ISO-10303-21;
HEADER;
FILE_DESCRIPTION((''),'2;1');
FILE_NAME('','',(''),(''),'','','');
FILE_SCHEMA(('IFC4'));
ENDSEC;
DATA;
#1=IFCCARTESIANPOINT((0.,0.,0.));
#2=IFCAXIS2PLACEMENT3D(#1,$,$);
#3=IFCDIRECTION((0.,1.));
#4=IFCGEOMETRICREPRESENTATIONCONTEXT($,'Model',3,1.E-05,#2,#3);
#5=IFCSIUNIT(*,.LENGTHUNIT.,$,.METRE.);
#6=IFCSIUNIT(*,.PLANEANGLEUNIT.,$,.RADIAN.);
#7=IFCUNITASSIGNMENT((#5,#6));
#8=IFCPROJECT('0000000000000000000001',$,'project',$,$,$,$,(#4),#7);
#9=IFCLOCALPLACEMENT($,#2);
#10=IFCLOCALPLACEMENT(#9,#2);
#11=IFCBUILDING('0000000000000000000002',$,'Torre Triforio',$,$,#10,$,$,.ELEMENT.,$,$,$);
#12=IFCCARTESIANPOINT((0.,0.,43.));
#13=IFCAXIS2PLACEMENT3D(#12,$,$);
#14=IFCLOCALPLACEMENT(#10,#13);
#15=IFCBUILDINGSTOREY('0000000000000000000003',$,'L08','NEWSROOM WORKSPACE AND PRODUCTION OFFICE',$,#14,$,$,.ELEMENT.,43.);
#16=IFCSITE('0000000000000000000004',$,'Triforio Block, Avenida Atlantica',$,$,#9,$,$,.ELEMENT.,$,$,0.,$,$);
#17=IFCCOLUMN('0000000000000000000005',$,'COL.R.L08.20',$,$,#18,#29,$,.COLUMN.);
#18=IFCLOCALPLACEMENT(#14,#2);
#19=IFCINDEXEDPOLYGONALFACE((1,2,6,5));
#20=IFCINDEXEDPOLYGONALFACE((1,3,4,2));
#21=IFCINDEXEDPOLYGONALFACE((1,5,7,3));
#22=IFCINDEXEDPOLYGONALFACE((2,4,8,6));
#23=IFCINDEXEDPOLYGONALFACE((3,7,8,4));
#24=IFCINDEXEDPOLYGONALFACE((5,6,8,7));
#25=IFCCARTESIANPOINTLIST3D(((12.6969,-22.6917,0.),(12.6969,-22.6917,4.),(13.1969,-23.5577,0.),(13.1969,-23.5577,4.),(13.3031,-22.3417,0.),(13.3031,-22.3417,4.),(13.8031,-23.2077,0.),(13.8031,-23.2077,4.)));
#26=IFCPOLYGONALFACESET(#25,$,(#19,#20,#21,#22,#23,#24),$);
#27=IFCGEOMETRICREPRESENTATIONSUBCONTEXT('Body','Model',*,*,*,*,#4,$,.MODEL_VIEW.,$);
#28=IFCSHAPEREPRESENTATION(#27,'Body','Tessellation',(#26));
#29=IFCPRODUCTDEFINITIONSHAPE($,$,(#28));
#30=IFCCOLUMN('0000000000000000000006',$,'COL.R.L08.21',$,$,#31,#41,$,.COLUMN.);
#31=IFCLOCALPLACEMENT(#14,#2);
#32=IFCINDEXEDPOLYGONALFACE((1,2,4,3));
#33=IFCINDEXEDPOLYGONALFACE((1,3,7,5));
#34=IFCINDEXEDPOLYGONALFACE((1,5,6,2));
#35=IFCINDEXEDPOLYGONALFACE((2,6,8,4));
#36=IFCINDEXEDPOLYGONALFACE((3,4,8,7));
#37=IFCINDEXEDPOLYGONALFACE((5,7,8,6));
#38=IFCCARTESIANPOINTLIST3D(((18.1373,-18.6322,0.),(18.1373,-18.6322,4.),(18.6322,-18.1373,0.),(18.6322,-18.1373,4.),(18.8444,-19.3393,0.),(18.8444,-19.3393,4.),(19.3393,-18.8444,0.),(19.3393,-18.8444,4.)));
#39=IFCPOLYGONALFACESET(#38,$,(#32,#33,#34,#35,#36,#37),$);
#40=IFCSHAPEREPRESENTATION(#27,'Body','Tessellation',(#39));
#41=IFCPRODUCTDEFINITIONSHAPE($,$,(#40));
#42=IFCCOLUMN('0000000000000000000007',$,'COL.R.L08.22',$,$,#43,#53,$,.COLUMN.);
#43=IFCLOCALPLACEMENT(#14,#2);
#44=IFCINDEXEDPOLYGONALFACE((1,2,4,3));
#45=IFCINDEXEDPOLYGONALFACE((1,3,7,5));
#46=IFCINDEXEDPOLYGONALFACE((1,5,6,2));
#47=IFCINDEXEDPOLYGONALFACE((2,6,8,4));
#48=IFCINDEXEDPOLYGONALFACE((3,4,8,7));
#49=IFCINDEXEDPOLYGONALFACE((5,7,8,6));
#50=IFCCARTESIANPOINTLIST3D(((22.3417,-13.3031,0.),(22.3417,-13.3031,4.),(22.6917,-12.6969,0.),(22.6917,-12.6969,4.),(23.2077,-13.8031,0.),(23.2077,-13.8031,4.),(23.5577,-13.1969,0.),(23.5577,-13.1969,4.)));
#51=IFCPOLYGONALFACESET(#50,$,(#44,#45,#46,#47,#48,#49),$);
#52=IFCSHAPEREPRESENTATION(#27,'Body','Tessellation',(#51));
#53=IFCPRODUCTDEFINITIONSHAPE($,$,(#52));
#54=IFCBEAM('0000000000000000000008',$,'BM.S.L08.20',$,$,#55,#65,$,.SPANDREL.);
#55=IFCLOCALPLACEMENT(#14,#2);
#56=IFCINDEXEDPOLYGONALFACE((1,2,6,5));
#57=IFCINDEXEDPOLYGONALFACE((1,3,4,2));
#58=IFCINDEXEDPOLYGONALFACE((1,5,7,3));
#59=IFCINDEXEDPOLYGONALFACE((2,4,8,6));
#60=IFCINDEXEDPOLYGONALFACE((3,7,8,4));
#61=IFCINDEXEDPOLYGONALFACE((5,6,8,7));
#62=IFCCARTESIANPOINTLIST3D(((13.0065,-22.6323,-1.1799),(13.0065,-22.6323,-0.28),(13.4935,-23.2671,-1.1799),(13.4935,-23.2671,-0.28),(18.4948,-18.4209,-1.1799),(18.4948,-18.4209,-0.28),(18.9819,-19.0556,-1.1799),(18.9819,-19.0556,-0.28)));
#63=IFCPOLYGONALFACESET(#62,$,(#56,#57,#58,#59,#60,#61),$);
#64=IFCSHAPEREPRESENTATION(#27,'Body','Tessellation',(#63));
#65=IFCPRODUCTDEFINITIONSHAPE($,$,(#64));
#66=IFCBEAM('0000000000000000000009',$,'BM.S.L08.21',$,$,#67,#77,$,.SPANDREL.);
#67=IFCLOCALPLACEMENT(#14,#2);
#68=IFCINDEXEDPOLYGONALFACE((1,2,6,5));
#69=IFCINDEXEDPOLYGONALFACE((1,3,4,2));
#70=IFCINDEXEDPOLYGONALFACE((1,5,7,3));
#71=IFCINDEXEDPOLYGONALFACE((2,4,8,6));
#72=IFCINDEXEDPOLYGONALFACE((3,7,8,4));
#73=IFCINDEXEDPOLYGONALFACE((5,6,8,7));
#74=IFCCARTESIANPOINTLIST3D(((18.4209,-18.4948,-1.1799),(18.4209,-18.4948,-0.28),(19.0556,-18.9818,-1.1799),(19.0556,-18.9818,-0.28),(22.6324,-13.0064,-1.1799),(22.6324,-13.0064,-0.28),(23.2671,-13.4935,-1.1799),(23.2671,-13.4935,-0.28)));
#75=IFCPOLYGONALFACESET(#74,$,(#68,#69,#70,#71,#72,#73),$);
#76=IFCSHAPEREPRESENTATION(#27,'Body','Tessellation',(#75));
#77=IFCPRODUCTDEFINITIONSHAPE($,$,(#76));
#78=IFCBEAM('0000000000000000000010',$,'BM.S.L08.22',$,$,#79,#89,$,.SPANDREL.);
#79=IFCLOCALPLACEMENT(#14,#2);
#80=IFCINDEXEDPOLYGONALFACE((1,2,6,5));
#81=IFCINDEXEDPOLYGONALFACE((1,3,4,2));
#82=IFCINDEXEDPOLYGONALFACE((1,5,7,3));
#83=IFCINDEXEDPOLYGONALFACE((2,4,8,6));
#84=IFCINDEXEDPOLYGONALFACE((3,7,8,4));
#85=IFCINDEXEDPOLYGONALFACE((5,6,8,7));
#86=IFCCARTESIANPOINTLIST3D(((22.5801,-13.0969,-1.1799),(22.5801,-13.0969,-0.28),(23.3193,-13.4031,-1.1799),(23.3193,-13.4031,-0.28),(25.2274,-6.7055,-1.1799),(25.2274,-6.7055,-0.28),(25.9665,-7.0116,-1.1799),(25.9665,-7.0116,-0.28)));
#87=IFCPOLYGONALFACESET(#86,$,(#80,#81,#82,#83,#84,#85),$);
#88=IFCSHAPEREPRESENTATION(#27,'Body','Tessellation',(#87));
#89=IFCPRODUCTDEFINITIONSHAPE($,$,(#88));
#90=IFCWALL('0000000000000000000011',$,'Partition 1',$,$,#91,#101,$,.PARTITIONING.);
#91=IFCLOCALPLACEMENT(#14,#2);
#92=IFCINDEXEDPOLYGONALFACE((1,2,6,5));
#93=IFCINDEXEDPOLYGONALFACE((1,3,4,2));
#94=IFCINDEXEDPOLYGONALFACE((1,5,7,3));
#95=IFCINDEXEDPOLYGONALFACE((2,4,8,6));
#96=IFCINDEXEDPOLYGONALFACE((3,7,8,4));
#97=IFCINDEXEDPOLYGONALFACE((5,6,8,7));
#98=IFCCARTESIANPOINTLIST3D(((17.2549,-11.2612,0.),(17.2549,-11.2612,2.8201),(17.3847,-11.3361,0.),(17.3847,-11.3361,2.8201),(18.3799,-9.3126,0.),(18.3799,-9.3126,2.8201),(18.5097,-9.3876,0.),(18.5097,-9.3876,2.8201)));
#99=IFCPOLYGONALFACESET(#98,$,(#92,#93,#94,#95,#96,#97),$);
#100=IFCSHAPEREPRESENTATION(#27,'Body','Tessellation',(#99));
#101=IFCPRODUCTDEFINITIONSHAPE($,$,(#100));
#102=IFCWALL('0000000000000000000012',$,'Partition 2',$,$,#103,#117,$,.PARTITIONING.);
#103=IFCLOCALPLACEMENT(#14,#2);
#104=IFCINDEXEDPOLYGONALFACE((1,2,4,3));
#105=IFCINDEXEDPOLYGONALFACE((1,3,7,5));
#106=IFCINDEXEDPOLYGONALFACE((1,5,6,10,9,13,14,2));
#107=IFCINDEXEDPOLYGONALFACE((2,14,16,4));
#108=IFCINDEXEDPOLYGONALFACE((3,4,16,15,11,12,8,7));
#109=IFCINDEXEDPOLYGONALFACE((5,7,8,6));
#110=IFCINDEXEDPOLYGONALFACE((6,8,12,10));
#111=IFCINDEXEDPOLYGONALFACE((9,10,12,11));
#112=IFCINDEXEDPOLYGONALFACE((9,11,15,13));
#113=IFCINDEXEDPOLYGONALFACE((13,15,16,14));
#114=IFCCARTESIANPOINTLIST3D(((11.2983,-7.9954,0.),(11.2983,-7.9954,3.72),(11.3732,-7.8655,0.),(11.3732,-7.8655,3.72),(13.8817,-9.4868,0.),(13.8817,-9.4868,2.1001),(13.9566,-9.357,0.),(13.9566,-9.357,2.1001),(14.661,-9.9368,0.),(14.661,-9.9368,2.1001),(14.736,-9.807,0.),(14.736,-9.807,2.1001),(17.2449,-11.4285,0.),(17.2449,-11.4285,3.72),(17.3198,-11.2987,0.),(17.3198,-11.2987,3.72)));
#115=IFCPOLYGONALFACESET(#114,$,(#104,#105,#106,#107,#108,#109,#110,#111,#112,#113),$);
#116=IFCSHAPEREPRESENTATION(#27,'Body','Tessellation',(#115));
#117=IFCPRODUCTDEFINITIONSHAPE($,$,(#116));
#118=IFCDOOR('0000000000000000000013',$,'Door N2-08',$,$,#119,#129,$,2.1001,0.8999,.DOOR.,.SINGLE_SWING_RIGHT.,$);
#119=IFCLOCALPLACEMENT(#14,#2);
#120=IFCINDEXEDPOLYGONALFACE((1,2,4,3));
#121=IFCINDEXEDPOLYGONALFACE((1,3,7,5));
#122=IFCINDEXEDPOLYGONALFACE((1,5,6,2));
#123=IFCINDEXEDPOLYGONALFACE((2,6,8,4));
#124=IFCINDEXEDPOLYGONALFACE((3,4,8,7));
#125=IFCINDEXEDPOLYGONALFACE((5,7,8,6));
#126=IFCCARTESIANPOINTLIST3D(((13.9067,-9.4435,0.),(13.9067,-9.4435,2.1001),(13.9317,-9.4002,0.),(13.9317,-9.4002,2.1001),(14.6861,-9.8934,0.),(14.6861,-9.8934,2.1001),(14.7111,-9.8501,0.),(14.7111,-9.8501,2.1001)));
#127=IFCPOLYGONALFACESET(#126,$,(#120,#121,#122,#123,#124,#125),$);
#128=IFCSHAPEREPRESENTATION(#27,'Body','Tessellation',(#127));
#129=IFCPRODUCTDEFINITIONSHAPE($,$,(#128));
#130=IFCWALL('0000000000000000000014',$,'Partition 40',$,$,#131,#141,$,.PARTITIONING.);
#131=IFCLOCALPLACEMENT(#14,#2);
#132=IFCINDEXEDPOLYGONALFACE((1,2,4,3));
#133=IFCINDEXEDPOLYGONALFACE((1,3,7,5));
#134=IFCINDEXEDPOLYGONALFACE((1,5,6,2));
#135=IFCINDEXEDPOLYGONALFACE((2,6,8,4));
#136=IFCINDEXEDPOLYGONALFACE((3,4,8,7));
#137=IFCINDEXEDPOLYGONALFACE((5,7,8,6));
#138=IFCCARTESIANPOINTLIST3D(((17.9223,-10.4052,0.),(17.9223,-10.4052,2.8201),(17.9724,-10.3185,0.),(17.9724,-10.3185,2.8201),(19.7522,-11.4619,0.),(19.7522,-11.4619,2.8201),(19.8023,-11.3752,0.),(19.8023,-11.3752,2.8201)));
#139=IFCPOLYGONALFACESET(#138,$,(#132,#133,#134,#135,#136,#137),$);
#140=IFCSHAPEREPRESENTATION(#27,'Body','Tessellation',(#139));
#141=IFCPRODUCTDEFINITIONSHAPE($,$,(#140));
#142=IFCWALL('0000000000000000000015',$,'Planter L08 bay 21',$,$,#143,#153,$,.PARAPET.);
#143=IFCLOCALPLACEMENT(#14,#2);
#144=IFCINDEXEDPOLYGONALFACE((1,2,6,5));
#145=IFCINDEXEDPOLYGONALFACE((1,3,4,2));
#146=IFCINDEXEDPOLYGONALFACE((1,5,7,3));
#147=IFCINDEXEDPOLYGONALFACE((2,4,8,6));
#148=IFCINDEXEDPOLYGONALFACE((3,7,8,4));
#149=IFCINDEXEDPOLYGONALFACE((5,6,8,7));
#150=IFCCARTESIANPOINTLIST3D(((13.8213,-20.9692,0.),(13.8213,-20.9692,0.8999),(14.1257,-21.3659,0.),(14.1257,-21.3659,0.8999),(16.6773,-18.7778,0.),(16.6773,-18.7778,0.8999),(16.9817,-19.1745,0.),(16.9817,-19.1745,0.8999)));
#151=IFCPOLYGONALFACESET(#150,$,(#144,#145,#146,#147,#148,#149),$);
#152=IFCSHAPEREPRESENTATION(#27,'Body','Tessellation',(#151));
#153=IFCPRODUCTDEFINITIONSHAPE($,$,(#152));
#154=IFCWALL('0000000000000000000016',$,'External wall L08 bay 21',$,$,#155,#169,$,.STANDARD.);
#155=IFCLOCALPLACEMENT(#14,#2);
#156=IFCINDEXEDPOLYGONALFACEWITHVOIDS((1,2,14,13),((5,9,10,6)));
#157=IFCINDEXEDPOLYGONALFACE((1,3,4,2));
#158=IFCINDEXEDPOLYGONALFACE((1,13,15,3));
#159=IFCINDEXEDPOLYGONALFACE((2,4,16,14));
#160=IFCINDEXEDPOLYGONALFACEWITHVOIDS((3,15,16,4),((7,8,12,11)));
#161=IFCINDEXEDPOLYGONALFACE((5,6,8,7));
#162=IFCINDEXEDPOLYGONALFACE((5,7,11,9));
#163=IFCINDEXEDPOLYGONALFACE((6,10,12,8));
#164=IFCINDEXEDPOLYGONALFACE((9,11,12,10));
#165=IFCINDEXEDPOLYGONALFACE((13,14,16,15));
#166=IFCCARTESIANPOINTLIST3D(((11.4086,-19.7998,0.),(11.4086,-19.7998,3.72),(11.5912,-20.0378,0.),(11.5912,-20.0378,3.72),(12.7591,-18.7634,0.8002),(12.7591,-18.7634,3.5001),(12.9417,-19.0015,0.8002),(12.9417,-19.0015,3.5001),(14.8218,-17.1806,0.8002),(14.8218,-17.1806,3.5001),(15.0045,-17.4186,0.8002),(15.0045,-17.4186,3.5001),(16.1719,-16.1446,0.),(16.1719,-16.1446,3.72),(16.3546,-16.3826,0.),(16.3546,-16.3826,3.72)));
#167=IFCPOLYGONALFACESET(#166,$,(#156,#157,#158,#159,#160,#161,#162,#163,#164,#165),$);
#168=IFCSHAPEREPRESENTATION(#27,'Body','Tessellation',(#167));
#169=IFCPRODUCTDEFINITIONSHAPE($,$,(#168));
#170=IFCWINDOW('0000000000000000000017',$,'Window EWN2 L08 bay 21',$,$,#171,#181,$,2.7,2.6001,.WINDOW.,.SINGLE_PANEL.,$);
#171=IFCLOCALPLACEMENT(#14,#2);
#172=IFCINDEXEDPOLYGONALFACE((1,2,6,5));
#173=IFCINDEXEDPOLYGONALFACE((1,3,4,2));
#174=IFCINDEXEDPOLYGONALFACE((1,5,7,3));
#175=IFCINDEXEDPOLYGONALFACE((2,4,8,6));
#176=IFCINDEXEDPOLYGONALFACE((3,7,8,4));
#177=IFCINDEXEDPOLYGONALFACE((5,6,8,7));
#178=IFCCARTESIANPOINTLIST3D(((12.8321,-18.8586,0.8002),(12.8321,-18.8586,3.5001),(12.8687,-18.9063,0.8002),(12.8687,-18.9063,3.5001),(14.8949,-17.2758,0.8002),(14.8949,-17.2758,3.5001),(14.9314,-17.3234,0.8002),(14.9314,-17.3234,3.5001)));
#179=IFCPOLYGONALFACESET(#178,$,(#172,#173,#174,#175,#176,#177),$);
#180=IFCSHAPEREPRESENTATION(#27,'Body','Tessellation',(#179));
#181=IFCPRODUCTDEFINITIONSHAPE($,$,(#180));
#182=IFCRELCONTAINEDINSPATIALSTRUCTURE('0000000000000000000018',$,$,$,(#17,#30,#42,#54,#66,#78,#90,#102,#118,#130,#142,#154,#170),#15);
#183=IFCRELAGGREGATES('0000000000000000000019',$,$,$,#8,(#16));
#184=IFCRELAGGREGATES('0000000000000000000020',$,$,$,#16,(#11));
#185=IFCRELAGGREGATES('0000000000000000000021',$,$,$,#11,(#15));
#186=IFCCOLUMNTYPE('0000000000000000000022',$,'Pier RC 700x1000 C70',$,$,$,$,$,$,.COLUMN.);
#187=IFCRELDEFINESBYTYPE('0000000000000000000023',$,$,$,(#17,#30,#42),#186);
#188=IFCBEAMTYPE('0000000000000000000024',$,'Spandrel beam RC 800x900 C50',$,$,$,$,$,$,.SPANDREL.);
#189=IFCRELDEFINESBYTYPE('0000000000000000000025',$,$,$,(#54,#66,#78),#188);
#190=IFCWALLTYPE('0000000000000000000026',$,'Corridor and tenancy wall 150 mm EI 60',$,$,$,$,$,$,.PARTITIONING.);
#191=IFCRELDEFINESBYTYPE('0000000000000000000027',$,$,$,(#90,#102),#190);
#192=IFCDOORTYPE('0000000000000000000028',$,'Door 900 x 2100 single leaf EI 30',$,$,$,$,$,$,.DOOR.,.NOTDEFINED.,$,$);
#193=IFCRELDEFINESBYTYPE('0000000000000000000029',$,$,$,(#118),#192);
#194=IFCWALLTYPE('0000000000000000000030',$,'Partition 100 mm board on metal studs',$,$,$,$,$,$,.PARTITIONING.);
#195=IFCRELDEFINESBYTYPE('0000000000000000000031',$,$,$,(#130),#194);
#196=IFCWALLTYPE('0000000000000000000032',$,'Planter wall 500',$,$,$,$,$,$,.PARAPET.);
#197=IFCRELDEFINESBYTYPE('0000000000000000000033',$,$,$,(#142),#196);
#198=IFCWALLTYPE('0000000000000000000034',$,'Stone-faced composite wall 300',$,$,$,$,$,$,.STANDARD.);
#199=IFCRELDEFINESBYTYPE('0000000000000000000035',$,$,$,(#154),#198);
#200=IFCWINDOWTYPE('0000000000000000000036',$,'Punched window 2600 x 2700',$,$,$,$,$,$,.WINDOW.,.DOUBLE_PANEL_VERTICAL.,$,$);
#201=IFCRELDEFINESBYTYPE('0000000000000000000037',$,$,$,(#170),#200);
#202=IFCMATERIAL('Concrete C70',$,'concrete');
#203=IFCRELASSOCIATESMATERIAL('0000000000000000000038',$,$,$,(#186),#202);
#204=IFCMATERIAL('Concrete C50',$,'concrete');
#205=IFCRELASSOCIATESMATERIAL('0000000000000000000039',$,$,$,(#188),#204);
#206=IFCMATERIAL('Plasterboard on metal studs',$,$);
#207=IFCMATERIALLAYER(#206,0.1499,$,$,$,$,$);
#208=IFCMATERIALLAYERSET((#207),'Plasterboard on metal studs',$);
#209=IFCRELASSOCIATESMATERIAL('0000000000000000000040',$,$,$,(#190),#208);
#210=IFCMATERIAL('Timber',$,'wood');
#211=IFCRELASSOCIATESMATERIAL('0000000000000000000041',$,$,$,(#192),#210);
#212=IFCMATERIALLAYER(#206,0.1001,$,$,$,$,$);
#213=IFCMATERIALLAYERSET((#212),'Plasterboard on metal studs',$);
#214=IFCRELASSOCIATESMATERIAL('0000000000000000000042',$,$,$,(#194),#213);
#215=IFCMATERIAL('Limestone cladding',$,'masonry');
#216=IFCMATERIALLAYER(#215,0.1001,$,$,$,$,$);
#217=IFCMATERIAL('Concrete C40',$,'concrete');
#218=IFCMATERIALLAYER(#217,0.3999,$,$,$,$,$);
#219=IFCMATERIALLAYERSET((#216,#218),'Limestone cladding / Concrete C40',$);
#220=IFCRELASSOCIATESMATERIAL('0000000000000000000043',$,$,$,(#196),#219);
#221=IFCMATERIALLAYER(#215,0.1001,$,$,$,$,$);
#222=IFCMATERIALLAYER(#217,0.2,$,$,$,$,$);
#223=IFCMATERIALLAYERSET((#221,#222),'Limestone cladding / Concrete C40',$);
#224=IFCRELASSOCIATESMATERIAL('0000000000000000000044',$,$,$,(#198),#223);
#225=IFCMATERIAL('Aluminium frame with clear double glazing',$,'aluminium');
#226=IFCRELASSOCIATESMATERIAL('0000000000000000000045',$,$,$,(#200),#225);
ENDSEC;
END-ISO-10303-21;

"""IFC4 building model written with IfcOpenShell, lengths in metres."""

from ifc_helpers import new_model, si_unit, direction, frame, frame_2d, origin, origin_2d, place, context, subcontext, project, spatial, rectangle, extrude, material, layer, layer_set, material_profile, profile_set, type_object, element, fill, save


model = new_model("IFC4")

# Units and contexts
model_context = context("Model", 3, precision=1e-05, world=origin(), true_north=direction((0.0, 1.0)))
body_context = subcontext(model_context, "Body", "Model", "MODEL_VIEW")
ifc_project = project(units=[si_unit("LENGTHUNIT", "METRE"), si_unit("PLANEANGLEUNIT", "RADIAN")], contexts=[model_context])

# Site, building, storey
site_placement = place(None, origin())
site = spatial("IfcSite", under=ifc_project, at=site_placement, Name="Triforio Block, Avenida Atlantica", CompositionType="ELEMENT", RefElevation=0.0)
building_placement = place(site_placement, origin())
building = spatial("IfcBuilding", under=site, at=building_placement, Name="Torre Triforio", CompositionType="ELEMENT")
storey_placement = place(building_placement, frame((0.0, 0.0, 43.0)))
storey = spatial("IfcBuildingStorey", under=building, at=storey_placement, Name="L08", Description="NEWSROOM WORKSPACE AND PRODUCTION OFFICE", CompositionType="ELEMENT", Elevation=43.0)

# Columns
ifc_material_1 = material(Name="Concrete C70", Category="concrete")
ifc_material_profile_1 = material_profile(ifc_material_1, rectangle(XDim=0.7, YDim=1.0, at=origin_2d()), Name="RC 700x1000")
ifc_profile_set_1 = profile_set([ifc_material_profile_1], Name="Concrete C70")
column_type = type_object("IfcColumnType", Name="Pier RC 700x1000 C70", PredefinedType="COLUMN", material=ifc_profile_set_1)
for number, where, z_axis, x_axis, name in (
    (1, (13.25, -22.9497, 0.0), (0.0, 0.0, 1.0), (0.866025, 0.5, 0.0), "COL.R.L08.20"),
    (2, (18.7383, -18.7383, 0.0), (0.0, 0.0, 1.0), (0.707107, 0.707107, 0.0), "COL.R.L08.21"),
    (3, (22.9497, -13.25, 0.0), (0.0, 0.0, 1.0), (0.5, 0.866025, 0.0), "COL.R.L08.22"),
):
    element("IfcColumn", number, at=place(storey_placement, frame(where, z_axis=z_axis, x_axis=x_axis)), inside=storey, type_object=column_type, Name=name, PredefinedType="COLUMN", context=body_context, shape_type="SweptSolid", body=[
        extrude(rectangle(XDim=0.7, YDim=1.0, at=origin_2d()), origin(), (0.0, 0.0, 1.0), 4.0),
    ])

# Beams
ifc_material_2 = material(Name="Concrete C50", Category="concrete")
ifc_material_profile_2 = material_profile(ifc_material_2, rectangle(XDim=0.8, YDim=0.8999, at=origin_2d()), Name="RC 800x900")
ifc_profile_set_2 = profile_set([ifc_material_profile_2], Name="Concrete C50")
beam_type = type_object("IfcBeamType", Name="Spandrel beam RC 800x900 C50", PredefinedType="SPANDREL", material=ifc_profile_set_2)
for number, where, z_axis, x_axis, name in (
    (4, (13.25, -22.9497, -0.73), (0.793345, 0.608772, 0.0), (-0.608772, 0.793345, 0.0), "BM.S.L08.20"),
    (5, (18.7383, -18.7383, -0.73), (0.608772, 0.793345, 0.0), (-0.793345, 0.608772, 0.0), "BM.S.L08.21"),
    (6, (22.9497, -13.25, -0.73), (0.382662, 0.923888, 0.0), (-0.923888, 0.382662, 0.0), "BM.S.L08.22"),
):
    element("IfcBeam", number, at=place(storey_placement, frame(where, z_axis=z_axis, x_axis=x_axis)), inside=storey, type_object=beam_type, Name=name, PredefinedType="SPANDREL", context=body_context, shape_type="SweptSolid", body=[
        extrude(rectangle(XDim=0.8, YDim=0.8999, at=origin_2d()), origin(), (0.0, 0.0, 1.0), 6.918),
    ])

# Wall
ifc_material_3 = material(Name="Plasterboard on metal studs")
ifc_layer_1 = layer(ifc_material_3, 0.1499)
ifc_layer_set_1 = layer_set([ifc_layer_1], Name="Plasterboard on metal studs")
wall_type_1 = type_object("IfcWallType", Name="Corridor and tenancy wall 150 mm EI 60", PredefinedType="PARTITIONING", material=ifc_layer_set_1)
wall_1_placement = place(storey_placement, frame((18.4448, -9.3501, 0.0), z_axis=(0.0, 0.0, 1.0), x_axis=(-0.500014, -0.866018, 0.0)))
element("IfcWall", 7, at=wall_1_placement, inside=storey, type_object=wall_type_1, Name="Partition 1", PredefinedType="PARTITIONING", context=body_context, shape_type="SweptSolid", body=[
    extrude(rectangle(XDim=2.25, YDim=0.1499, at=frame_2d((1.125, 0.0))), origin(), (0.0, 0.0, 1.0), 2.8201),
])

# Wall, opening, door
wall_2_placement = place(storey_placement, frame((17.2822, -11.3635, 0.0), z_axis=(0.0, 0.0, 1.0), x_axis=(-0.866033, 0.499986, 0.0)))
wall_2 = element("IfcWall", 8, at=wall_2_placement, inside=storey, type_object=wall_type_1, Name="Partition 2", PredefinedType="PARTITIONING", context=body_context, shape_type="SweptSolid", body=[
    extrude(rectangle(XDim=6.8665, YDim=0.1499, at=frame_2d((3.4331, 0.0))), origin(), (0.0, 0.0, 1.0), 3.72),
])
opening_1_placement = place(wall_2_placement, frame((2.9834, 0.0, 0.0)))
opening_1 = element("IfcOpeningElement", 9, at=opening_1_placement, cuts=wall_2, PredefinedType="OPENING", context=body_context, shape_type="SweptSolid", body=[
    extrude(rectangle(XDim=0.8999, YDim=2.1001, at=frame_2d((0.45, 1.05))), frame((0.0, 0.085, 0.0), z_axis=(0.0, -1.0, 0.0), x_axis=(1.0, 0.0, 0.0)), (0.0, 0.0, 1.0), 0.1699),
])
ifc_material_4 = material(Name="Timber", Category="wood")
door_type_1 = type_object("IfcDoorType", Name="Door 900 x 2100 single leaf EI 30", OperationType="NOTDEFINED", PredefinedType="DOOR", material=ifc_material_4)
door_1_placement = place(opening_1_placement, origin())
door_1 = element("IfcDoor", 10, at=door_1_placement, inside=storey, type_object=door_type_1, Name="Door N2-08", OperationType="SINGLE_SWING_RIGHT", OverallHeight=2.1001, OverallWidth=0.8999, PredefinedType="DOOR", context=body_context, shape_type="SweptSolid", body=[
    extrude(rectangle(XDim=0.8999, YDim=2.1001, at=frame_2d((0.45, 1.05))), frame((0.0, 0.0249, 0.0), z_axis=(0.0, -1.0, 0.0), x_axis=(1.0, 0.0, 0.0)), (0.0, 0.0, 1.0), 0.05),
])
fill(opening_1, door_1)

# Walls
ifc_layer_2 = layer(ifc_material_3, 0.1001)
ifc_layer_set_2 = layer_set([ifc_layer_2], Name="Plasterboard on metal studs")
wall_type_2 = type_object("IfcWallType", Name="Partition 100 mm board on metal studs", PredefinedType="PARTITIONING", material=ifc_layer_set_2)
wall_3_placement = place(storey_placement, frame((17.9473, -10.3618, 0.0), z_axis=(0.0, 0.0, 1.0), x_axis=(0.865987, -0.500066, 0.0)))
element("IfcWall", 11, at=wall_3_placement, inside=storey, type_object=wall_type_2, Name="Partition 40", PredefinedType="PARTITIONING", context=body_context, shape_type="SweptSolid", body=[
    extrude(rectangle(XDim=2.113, YDim=0.1001, at=frame_2d((1.0566, 0.0))), origin(), (0.0, 0.0, 1.0), 2.8201),
])
ifc_material_5 = material(Name="Limestone cladding", Category="masonry")
ifc_layer_3 = layer(ifc_material_5, 0.1001)
ifc_material_6 = material(Name="Concrete C40", Category="concrete")
ifc_layer_4 = layer(ifc_material_6, 0.3999)
ifc_layer_set_3 = layer_set([ifc_layer_3, ifc_layer_4], Name="Limestone cladding / Concrete C40")
wall_type_3 = type_object("IfcWallType", Name="Planter wall 500", PredefinedType="PARAPET", material=ifc_layer_set_3)
wall_4_placement = place(storey_placement, frame((13.9736, -21.1675, 0.0), z_axis=(0.0, 0.0, 1.0), x_axis=(0.79336, 0.608753, 0.0)))
element("IfcWall", 12, at=wall_4_placement, inside=storey, type_object=wall_type_3, Name="Planter L08 bay 21", PredefinedType="PARAPET", context=body_context, shape_type="SweptSolid", body=[
    extrude(rectangle(XDim=3.5999, YDim=0.5, at=frame_2d((1.7998, 0.0))), origin(), (0.0, 0.0, 1.0), 0.8999),
])

# Wall, opening, window
ifc_layer_5 = layer(ifc_material_5, 0.1001)
ifc_layer_6 = layer(ifc_material_6, 0.2)
ifc_layer_set_4 = layer_set([ifc_layer_5, ifc_layer_6], Name="Limestone cladding / Concrete C40")
wall_type_4 = type_object("IfcWallType", Name="Stone-faced composite wall 300", PredefinedType="STANDARD", material=ifc_layer_set_4)
wall_5_placement = place(storey_placement, frame((11.5, -19.9187, 0.0), z_axis=(0.0, 0.0, 1.0), x_axis=(0.79334, 0.608779, 0.0)))
wall_5 = element("IfcWall", 13, at=wall_5_placement, inside=storey, type_object=wall_type_4, Name="External wall L08 bay 21", PredefinedType="STANDARD", context=body_context, shape_type="SweptSolid", body=[
    extrude(rectangle(XDim=6.0042, YDim=0.3, at=frame_2d((3.002, 0.0))), origin(), (0.0, 0.0, 1.0), 3.72),
])
opening_2_placement = place(wall_5_placement, frame((1.7021, 0.0, 0.8)))
opening_2 = element("IfcOpeningElement", 14, at=opening_2_placement, cuts=wall_5, PredefinedType="OPENING", context=body_context, shape_type="SweptSolid", body=[
    extrude(rectangle(XDim=2.6001, YDim=2.7, at=frame_2d((1.3, 1.3501))), frame((0.0, 0.1599, 0.0), z_axis=(0.0, -1.0, 0.0), x_axis=(1.0, 0.0, 0.0)), (0.0, 0.0, 1.0), 0.3201),
])
ifc_material_7 = material(Name="Aluminium frame with clear double glazing", Category="aluminium")
window_type_1 = type_object("IfcWindowType", Name="Punched window 2600 x 2700", PartitioningType="DOUBLE_PANEL_VERTICAL", PredefinedType="WINDOW", material=ifc_material_7)
window_1_placement = place(opening_2_placement, origin())
window_1 = element("IfcWindow", 15, at=window_1_placement, inside=storey, type_object=window_type_1, Name="Window EWN2 L08 bay 21", OverallHeight=2.7, OverallWidth=2.6001, PartitioningType="SINGLE_PANEL", PredefinedType="WINDOW", context=body_context, shape_type="SweptSolid", body=[
    extrude(rectangle(XDim=2.6001, YDim=2.7, at=frame_2d((1.3, 1.3501))), frame((0.0, 0.03, 0.0), z_axis=(0.0, -1.0, 0.0), x_axis=(1.0, 0.0, 0.0)), (0.0, 0.0, 1.0), 0.0601),
])
fill(opening_2, window_1)

save(model, "model.ifc")
